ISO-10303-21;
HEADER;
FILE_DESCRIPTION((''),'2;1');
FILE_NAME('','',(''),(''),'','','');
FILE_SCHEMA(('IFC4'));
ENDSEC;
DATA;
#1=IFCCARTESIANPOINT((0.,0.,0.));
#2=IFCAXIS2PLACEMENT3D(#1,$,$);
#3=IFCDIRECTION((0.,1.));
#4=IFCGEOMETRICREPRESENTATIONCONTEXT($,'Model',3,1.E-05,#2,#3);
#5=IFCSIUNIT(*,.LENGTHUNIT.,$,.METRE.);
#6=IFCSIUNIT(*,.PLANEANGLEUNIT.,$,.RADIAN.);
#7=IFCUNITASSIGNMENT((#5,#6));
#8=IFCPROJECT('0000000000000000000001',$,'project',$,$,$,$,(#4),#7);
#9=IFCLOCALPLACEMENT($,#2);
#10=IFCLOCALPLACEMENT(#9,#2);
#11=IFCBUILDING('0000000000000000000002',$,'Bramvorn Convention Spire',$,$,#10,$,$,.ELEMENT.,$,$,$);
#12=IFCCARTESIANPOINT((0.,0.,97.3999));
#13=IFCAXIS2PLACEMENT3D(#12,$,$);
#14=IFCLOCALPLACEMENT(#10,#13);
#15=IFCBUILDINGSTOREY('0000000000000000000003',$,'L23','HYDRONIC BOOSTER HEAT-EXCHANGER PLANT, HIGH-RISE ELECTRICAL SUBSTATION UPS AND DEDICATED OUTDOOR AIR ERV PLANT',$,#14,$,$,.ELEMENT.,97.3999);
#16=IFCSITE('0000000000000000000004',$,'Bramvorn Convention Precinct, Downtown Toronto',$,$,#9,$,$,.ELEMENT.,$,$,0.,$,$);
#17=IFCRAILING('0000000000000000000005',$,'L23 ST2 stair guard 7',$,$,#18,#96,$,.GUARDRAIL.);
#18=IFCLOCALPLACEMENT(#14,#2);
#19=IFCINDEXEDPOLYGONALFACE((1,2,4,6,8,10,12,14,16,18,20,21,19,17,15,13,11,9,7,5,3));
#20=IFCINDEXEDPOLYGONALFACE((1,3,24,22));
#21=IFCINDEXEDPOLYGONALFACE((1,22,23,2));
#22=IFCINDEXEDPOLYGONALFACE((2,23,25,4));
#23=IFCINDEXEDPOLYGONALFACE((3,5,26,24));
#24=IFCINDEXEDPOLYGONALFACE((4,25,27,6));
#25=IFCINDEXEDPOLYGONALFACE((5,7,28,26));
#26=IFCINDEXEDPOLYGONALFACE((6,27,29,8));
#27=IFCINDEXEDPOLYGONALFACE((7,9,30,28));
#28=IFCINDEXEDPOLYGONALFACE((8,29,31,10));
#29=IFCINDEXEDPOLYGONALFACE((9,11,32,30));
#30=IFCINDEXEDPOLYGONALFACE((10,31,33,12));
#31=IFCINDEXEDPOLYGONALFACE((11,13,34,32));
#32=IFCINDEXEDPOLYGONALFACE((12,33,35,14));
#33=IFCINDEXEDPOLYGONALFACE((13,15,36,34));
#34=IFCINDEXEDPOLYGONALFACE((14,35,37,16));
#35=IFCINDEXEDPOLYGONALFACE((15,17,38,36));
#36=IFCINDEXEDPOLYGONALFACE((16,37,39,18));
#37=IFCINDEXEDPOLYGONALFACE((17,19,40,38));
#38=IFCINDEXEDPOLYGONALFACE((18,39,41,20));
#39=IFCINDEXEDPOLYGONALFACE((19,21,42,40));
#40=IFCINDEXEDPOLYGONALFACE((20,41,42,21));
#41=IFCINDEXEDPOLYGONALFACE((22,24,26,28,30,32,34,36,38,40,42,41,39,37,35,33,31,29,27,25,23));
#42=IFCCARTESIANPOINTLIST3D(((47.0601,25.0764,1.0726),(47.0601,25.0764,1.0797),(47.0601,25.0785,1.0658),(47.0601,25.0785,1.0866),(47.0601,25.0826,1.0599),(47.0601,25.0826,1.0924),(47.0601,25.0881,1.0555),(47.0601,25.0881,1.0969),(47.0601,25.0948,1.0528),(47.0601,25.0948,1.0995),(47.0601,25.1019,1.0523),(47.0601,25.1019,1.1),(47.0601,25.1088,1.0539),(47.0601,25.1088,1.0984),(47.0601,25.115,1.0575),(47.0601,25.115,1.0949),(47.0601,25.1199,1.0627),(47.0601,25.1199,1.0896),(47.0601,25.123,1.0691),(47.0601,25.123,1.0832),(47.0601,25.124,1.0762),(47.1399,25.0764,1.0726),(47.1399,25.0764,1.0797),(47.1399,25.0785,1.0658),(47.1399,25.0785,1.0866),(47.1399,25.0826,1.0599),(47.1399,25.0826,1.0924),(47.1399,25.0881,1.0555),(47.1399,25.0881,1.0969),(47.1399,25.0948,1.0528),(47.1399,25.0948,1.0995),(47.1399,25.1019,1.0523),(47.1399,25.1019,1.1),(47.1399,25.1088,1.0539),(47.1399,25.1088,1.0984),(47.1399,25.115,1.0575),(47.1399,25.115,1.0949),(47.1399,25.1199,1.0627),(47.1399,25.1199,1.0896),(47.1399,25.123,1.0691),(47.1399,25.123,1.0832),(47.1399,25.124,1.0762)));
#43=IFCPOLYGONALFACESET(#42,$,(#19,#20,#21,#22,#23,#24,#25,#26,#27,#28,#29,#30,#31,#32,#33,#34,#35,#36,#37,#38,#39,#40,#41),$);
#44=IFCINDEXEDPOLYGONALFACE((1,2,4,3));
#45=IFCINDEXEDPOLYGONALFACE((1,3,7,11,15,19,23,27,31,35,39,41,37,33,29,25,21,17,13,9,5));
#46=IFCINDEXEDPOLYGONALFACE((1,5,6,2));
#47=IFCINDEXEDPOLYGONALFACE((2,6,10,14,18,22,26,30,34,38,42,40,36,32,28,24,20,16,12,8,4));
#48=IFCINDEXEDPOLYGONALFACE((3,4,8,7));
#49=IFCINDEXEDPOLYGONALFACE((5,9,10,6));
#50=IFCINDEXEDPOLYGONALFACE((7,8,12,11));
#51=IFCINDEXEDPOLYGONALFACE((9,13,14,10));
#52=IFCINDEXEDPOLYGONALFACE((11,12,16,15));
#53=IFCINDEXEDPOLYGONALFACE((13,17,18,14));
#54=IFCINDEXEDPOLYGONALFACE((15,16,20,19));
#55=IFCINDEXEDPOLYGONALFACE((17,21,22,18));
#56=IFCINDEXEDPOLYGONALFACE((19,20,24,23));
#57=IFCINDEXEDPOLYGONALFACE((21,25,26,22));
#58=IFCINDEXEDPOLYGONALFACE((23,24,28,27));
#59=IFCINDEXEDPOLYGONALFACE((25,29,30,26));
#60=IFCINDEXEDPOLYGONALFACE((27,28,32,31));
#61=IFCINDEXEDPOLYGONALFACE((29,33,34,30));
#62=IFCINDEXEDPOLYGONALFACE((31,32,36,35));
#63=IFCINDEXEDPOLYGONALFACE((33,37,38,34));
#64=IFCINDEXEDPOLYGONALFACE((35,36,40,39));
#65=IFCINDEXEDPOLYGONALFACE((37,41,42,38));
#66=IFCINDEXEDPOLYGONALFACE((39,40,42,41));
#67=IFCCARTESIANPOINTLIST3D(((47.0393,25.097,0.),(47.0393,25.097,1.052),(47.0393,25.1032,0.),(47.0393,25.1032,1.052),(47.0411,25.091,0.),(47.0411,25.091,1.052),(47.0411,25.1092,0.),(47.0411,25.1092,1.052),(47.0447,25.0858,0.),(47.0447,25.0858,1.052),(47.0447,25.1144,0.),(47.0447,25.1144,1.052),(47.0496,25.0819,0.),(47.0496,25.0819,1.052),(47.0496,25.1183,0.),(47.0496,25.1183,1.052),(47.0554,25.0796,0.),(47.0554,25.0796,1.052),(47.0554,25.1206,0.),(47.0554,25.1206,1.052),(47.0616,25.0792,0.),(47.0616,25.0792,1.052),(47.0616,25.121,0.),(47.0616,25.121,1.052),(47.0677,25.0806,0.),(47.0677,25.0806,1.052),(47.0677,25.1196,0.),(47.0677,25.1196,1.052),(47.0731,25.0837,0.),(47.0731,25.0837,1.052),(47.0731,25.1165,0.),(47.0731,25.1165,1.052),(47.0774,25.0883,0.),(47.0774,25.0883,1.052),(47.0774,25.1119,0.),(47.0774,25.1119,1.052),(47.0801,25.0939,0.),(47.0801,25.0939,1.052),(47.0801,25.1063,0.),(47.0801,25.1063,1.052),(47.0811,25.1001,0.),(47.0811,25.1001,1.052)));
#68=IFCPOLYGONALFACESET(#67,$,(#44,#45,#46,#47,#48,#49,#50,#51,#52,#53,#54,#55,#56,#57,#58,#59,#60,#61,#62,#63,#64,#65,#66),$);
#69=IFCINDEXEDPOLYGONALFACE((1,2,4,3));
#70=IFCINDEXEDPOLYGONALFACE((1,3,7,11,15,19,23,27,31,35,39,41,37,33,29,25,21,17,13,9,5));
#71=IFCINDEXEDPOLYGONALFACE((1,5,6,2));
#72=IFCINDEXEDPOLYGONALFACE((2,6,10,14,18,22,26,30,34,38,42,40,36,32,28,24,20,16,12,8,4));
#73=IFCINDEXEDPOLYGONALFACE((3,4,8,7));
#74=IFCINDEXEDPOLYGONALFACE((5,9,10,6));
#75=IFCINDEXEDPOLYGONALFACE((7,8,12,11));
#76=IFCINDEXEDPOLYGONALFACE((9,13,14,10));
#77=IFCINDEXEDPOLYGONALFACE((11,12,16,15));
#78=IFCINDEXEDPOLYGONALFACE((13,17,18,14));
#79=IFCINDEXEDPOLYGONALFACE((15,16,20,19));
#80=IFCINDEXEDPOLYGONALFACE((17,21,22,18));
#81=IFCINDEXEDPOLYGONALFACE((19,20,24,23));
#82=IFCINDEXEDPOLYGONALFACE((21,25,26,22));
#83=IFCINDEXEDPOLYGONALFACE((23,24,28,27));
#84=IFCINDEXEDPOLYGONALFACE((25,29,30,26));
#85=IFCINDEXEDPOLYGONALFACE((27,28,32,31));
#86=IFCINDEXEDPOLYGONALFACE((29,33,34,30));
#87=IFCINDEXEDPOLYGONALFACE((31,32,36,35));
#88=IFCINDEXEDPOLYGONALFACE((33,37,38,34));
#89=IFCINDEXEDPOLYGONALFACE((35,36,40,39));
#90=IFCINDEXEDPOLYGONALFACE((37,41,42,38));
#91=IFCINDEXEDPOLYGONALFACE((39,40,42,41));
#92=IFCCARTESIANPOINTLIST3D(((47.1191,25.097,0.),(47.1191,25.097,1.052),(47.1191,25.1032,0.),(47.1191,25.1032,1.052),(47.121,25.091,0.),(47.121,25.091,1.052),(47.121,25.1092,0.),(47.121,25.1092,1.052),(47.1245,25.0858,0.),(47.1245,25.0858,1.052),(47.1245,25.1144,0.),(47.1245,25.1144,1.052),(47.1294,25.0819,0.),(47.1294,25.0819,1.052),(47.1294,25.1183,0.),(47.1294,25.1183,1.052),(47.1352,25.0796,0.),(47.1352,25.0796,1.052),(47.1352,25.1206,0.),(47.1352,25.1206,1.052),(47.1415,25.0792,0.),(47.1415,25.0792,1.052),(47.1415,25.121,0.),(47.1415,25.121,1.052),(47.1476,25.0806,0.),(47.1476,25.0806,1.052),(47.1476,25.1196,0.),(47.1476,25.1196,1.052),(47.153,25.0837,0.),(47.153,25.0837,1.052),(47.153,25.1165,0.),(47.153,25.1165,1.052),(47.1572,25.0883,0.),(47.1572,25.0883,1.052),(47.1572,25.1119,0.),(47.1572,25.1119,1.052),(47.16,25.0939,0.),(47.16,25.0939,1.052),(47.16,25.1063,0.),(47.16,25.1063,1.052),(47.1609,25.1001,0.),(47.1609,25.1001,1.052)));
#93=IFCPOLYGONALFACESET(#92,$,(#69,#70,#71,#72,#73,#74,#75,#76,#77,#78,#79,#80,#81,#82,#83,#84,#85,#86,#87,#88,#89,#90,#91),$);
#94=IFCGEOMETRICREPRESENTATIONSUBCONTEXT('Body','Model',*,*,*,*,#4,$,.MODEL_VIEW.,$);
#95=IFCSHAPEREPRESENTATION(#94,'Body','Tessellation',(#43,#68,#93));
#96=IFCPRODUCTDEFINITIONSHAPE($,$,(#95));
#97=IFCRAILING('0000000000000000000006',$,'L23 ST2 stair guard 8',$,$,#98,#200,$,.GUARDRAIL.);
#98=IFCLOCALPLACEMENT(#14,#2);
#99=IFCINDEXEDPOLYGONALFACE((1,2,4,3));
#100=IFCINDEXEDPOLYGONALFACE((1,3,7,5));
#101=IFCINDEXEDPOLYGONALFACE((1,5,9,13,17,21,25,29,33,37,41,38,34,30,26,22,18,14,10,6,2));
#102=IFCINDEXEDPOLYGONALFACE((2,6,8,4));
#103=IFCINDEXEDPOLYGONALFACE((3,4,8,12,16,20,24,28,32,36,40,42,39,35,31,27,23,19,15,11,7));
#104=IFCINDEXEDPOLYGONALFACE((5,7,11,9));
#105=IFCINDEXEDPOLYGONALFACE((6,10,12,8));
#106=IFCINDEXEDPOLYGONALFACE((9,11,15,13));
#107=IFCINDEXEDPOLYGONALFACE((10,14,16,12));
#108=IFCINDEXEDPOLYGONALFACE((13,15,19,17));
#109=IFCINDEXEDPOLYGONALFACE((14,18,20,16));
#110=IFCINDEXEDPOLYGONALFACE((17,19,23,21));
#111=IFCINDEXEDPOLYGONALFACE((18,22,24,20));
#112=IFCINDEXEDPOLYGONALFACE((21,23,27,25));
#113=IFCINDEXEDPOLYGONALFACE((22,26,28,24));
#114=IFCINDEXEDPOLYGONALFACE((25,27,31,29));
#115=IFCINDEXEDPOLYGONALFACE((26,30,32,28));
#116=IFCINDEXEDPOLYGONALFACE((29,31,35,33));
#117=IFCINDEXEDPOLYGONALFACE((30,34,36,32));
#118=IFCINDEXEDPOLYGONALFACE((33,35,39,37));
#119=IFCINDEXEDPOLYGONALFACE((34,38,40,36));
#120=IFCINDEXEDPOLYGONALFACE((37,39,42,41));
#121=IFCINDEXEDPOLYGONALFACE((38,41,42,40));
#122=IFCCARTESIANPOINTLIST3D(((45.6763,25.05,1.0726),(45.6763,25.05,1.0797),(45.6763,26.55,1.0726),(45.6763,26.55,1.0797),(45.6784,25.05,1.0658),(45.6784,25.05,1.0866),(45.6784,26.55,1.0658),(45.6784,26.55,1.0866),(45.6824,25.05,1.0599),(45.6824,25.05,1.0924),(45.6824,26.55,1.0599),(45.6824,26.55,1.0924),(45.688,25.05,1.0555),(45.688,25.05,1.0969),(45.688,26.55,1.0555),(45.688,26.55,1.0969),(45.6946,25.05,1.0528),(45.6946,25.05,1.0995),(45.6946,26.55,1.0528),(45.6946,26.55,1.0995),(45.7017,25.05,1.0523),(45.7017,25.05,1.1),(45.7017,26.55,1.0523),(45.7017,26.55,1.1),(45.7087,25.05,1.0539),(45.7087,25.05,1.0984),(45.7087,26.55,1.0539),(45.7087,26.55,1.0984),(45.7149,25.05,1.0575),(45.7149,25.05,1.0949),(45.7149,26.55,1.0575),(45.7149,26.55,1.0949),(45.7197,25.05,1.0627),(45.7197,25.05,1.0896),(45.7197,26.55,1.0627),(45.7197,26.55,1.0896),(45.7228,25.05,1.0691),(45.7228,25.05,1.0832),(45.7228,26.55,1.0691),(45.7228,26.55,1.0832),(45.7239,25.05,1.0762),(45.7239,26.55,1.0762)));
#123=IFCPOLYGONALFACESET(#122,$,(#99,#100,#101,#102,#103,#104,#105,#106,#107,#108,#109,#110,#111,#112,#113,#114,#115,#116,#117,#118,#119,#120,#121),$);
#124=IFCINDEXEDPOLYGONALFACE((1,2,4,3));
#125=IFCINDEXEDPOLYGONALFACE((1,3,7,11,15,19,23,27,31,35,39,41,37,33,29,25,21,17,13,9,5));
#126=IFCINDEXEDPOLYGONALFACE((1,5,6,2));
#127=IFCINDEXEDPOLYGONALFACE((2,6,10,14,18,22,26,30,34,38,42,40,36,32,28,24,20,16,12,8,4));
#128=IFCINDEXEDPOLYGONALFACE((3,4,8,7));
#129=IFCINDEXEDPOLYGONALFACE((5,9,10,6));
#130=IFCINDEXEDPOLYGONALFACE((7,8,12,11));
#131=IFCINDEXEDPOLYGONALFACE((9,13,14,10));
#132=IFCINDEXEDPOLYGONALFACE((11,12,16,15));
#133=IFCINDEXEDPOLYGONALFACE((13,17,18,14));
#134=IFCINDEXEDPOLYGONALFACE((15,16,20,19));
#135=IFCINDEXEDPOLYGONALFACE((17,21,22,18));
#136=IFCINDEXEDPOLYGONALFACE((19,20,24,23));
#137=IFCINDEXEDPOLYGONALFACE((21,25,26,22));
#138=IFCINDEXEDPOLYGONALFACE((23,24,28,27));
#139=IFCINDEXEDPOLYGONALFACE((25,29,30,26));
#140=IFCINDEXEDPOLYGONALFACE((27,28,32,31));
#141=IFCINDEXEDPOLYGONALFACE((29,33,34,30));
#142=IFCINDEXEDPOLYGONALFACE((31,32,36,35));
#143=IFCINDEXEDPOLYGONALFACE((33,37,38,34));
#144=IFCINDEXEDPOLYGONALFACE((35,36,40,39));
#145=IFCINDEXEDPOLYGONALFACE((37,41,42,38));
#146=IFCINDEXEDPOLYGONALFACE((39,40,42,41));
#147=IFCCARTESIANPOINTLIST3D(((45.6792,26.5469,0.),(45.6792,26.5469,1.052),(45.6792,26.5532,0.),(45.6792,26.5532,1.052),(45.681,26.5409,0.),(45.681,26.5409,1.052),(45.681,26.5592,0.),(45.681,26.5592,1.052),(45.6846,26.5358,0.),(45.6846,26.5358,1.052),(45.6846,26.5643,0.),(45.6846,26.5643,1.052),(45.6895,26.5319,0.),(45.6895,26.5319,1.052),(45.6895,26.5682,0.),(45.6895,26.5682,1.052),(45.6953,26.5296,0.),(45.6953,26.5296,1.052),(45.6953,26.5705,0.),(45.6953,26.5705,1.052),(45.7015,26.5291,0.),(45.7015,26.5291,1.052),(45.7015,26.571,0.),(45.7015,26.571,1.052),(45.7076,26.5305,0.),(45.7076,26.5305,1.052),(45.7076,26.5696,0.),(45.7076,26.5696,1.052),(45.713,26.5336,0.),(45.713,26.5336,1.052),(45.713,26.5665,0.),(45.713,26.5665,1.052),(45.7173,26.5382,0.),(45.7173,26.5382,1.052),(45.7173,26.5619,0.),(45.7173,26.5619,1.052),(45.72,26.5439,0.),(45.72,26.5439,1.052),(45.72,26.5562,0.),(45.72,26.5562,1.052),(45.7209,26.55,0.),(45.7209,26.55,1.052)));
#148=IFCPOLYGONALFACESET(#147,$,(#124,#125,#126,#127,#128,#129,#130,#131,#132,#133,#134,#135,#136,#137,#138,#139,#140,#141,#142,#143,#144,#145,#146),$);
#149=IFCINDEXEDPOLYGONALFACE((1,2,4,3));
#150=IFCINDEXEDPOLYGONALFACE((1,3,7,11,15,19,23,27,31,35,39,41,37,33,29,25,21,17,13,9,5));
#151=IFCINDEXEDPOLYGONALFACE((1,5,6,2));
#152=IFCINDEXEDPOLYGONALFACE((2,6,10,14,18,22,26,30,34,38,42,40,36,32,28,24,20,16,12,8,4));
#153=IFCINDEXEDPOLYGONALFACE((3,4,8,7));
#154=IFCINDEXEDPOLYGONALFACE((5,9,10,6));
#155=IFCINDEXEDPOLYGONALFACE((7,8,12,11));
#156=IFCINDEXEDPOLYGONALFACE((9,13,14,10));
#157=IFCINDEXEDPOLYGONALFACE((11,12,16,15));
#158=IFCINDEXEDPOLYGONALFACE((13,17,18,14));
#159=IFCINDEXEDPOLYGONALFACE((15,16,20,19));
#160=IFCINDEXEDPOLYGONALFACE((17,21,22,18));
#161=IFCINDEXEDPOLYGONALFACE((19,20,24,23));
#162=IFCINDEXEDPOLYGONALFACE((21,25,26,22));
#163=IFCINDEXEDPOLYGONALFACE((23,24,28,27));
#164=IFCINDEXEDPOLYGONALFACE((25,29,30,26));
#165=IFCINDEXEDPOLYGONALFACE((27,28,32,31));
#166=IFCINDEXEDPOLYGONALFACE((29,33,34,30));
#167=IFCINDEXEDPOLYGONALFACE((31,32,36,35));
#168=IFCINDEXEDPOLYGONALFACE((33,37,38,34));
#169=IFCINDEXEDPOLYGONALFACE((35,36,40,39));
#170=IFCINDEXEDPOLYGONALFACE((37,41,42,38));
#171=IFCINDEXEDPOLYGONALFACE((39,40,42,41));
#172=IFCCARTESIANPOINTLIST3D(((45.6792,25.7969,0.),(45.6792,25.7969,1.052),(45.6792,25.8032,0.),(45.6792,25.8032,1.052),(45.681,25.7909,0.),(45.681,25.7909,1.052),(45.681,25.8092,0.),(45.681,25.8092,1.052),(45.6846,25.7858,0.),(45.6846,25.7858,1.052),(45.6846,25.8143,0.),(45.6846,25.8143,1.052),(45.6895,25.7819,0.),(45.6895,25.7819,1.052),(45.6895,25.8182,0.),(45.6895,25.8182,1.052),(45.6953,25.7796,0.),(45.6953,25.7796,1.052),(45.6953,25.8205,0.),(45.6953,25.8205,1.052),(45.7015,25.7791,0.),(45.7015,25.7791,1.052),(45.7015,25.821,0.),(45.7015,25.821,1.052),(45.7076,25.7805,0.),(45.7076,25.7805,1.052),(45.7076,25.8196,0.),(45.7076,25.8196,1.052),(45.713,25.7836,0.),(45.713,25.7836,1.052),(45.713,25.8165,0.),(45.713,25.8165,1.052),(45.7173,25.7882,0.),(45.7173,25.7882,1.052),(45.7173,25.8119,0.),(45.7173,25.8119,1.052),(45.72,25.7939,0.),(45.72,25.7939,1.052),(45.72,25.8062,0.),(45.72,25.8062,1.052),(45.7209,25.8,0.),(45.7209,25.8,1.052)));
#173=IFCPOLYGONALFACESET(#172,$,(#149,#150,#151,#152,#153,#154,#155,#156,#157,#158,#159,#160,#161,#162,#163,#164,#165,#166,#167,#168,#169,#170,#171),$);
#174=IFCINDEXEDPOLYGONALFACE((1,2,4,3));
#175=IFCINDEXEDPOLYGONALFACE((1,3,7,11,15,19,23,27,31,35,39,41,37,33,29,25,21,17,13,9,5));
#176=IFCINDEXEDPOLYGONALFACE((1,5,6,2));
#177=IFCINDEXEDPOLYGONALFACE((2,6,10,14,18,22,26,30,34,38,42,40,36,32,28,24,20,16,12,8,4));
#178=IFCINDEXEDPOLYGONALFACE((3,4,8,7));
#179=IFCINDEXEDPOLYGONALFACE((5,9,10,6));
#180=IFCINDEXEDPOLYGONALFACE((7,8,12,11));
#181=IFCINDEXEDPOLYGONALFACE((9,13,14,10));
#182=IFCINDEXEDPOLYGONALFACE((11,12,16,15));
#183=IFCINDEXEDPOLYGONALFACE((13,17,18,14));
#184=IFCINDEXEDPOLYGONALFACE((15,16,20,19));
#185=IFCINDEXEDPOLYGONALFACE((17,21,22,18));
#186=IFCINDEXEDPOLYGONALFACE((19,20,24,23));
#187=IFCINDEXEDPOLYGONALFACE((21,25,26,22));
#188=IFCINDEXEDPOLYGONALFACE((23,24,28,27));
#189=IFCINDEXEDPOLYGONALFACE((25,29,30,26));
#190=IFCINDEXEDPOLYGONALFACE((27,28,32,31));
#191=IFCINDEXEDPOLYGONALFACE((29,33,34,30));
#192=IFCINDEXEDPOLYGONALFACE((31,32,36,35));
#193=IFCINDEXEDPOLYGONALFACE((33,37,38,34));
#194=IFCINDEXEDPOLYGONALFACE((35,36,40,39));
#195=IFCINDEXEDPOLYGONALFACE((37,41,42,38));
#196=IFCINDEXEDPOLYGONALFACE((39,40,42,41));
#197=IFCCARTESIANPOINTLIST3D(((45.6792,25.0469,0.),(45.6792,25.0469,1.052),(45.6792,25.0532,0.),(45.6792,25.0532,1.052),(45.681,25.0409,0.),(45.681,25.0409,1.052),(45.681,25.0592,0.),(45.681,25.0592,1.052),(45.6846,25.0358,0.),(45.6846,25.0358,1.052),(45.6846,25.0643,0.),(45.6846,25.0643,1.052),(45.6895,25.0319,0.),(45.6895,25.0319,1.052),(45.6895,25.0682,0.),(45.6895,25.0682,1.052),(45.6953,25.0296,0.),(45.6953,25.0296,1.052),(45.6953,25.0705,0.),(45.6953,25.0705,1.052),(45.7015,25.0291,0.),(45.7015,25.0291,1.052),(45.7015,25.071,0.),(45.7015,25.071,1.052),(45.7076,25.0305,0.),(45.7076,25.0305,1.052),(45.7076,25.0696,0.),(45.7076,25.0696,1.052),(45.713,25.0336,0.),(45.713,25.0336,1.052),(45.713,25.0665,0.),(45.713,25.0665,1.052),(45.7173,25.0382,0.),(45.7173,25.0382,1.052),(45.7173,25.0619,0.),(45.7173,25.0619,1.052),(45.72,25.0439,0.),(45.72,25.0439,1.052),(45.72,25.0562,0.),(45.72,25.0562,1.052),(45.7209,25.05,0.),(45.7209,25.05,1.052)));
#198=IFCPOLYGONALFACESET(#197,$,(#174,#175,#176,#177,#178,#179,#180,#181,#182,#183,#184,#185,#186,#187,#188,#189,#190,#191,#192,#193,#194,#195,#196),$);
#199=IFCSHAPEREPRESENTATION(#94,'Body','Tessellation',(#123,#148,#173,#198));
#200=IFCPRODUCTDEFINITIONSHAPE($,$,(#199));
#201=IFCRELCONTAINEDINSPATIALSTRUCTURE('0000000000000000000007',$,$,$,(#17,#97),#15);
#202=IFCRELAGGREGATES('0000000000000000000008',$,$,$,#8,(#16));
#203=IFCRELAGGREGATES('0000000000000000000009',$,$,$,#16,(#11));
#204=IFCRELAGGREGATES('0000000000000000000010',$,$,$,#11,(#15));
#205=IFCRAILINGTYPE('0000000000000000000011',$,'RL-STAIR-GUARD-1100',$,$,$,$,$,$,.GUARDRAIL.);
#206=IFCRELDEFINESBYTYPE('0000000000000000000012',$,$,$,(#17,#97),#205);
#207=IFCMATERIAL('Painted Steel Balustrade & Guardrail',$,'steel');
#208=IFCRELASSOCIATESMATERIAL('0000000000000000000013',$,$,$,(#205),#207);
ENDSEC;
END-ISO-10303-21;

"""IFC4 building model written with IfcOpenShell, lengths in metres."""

from ifc_helpers import new_model, si_unit, direction, frame, origin, origin_2d, place, context, subcontext, project, spatial, circle, extrude, material, type_object, element, save


model = new_model("IFC4")

# Units and contexts
model_context = context("Model", 3, precision=1e-05, world=origin(), true_north=direction((0.0, 1.0)))
body_context = subcontext(model_context, "Body", "Model", "MODEL_VIEW")
ifc_project = project(units=[si_unit("LENGTHUNIT", "METRE"), si_unit("PLANEANGLEUNIT", "RADIAN")], contexts=[model_context])

# Site, building, storey
site_placement = place(None, origin())
site = spatial("IfcSite", under=ifc_project, at=site_placement, Name="Bramvorn Convention Precinct, Downtown Toronto", CompositionType="ELEMENT", RefElevation=0.0)
building_placement = place(site_placement, origin())
building = spatial("IfcBuilding", under=site, at=building_placement, Name="Bramvorn Convention Spire", CompositionType="ELEMENT")
storey_placement = place(building_placement, frame((0.0, 0.0, 97.3999)))
storey = spatial("IfcBuildingStorey", under=building, at=storey_placement, Name="L23", Description="HYDRONIC BOOSTER HEAT-EXCHANGER PLANT, HIGH-RISE ELECTRICAL SUBSTATION UPS AND DEDICATED OUTDOOR AIR ERV PLANT", CompositionType="ELEMENT", Elevation=97.3999)

# Railings
ifc_material_1 = material(Name="Painted Steel Balustrade & Guardrail", Category="steel")
railing_type_1 = type_object("IfcRailingType", Name="RL-STAIR-GUARD-1100", PredefinedType="GUARDRAIL", material=ifc_material_1)
railing_1_placement = place(storey_placement, frame((47.0601, 25.1001, 0.0)))
element("IfcRailing", 1, at=railing_1_placement, inside=storey, type_object=railing_type_1, Name="L23 ST2 stair guard 7", PredefinedType="GUARDRAIL", context=body_context, shape_type="SweptSolid", body=[
    extrude(circle(Radius=0.0239, at=origin_2d()), frame((0.0, 0.0, 1.0762), z_axis=(1.0, 0.0, 0.0), x_axis=(0.0, 1.0, 0.0)), (0.0, 0.0, 1.0), 0.0798),
    extrude(circle(Radius=0.021, at=origin_2d()), origin(), (0.0, 0.0, 1.0), 1.052),
    extrude(circle(Radius=0.021, at=origin_2d()), frame((0.0798, 0.0, 0.0)), (0.0, 0.0, 1.0), 1.052),
])
for number, where, name in (
    (2, (45.7, 26.55, 0.0), "L23 ST2 stair guard 8"),
):
    element("IfcRailing", number, at=place(storey_placement, frame(where)), inside=storey, type_object=railing_type_1, Name=name, PredefinedType="GUARDRAIL", context=body_context, shape_type="SweptSolid", body=[
        extrude(circle(Radius=0.0239, at=origin_2d()), frame((0.0, 0.0, 1.0762), z_axis=(0.0, -1.0, 0.0), x_axis=(1.0, 0.0, 0.0)), (0.0, 0.0, 1.0), 1.5),
        extrude(circle(Radius=0.021, at=origin_2d()), origin(), (0.0, 0.0, 1.0), 1.052),
        extrude(circle(Radius=0.021, at=origin_2d()), frame((0.0, -0.75, 0.0)), (0.0, 0.0, 1.0), 1.052),
        extrude(circle(Radius=0.021, at=origin_2d()), frame((0.0, -1.5, 0.0)), (0.0, 0.0, 1.0), 1.052),
    ])

save(model, "model.ifc")
